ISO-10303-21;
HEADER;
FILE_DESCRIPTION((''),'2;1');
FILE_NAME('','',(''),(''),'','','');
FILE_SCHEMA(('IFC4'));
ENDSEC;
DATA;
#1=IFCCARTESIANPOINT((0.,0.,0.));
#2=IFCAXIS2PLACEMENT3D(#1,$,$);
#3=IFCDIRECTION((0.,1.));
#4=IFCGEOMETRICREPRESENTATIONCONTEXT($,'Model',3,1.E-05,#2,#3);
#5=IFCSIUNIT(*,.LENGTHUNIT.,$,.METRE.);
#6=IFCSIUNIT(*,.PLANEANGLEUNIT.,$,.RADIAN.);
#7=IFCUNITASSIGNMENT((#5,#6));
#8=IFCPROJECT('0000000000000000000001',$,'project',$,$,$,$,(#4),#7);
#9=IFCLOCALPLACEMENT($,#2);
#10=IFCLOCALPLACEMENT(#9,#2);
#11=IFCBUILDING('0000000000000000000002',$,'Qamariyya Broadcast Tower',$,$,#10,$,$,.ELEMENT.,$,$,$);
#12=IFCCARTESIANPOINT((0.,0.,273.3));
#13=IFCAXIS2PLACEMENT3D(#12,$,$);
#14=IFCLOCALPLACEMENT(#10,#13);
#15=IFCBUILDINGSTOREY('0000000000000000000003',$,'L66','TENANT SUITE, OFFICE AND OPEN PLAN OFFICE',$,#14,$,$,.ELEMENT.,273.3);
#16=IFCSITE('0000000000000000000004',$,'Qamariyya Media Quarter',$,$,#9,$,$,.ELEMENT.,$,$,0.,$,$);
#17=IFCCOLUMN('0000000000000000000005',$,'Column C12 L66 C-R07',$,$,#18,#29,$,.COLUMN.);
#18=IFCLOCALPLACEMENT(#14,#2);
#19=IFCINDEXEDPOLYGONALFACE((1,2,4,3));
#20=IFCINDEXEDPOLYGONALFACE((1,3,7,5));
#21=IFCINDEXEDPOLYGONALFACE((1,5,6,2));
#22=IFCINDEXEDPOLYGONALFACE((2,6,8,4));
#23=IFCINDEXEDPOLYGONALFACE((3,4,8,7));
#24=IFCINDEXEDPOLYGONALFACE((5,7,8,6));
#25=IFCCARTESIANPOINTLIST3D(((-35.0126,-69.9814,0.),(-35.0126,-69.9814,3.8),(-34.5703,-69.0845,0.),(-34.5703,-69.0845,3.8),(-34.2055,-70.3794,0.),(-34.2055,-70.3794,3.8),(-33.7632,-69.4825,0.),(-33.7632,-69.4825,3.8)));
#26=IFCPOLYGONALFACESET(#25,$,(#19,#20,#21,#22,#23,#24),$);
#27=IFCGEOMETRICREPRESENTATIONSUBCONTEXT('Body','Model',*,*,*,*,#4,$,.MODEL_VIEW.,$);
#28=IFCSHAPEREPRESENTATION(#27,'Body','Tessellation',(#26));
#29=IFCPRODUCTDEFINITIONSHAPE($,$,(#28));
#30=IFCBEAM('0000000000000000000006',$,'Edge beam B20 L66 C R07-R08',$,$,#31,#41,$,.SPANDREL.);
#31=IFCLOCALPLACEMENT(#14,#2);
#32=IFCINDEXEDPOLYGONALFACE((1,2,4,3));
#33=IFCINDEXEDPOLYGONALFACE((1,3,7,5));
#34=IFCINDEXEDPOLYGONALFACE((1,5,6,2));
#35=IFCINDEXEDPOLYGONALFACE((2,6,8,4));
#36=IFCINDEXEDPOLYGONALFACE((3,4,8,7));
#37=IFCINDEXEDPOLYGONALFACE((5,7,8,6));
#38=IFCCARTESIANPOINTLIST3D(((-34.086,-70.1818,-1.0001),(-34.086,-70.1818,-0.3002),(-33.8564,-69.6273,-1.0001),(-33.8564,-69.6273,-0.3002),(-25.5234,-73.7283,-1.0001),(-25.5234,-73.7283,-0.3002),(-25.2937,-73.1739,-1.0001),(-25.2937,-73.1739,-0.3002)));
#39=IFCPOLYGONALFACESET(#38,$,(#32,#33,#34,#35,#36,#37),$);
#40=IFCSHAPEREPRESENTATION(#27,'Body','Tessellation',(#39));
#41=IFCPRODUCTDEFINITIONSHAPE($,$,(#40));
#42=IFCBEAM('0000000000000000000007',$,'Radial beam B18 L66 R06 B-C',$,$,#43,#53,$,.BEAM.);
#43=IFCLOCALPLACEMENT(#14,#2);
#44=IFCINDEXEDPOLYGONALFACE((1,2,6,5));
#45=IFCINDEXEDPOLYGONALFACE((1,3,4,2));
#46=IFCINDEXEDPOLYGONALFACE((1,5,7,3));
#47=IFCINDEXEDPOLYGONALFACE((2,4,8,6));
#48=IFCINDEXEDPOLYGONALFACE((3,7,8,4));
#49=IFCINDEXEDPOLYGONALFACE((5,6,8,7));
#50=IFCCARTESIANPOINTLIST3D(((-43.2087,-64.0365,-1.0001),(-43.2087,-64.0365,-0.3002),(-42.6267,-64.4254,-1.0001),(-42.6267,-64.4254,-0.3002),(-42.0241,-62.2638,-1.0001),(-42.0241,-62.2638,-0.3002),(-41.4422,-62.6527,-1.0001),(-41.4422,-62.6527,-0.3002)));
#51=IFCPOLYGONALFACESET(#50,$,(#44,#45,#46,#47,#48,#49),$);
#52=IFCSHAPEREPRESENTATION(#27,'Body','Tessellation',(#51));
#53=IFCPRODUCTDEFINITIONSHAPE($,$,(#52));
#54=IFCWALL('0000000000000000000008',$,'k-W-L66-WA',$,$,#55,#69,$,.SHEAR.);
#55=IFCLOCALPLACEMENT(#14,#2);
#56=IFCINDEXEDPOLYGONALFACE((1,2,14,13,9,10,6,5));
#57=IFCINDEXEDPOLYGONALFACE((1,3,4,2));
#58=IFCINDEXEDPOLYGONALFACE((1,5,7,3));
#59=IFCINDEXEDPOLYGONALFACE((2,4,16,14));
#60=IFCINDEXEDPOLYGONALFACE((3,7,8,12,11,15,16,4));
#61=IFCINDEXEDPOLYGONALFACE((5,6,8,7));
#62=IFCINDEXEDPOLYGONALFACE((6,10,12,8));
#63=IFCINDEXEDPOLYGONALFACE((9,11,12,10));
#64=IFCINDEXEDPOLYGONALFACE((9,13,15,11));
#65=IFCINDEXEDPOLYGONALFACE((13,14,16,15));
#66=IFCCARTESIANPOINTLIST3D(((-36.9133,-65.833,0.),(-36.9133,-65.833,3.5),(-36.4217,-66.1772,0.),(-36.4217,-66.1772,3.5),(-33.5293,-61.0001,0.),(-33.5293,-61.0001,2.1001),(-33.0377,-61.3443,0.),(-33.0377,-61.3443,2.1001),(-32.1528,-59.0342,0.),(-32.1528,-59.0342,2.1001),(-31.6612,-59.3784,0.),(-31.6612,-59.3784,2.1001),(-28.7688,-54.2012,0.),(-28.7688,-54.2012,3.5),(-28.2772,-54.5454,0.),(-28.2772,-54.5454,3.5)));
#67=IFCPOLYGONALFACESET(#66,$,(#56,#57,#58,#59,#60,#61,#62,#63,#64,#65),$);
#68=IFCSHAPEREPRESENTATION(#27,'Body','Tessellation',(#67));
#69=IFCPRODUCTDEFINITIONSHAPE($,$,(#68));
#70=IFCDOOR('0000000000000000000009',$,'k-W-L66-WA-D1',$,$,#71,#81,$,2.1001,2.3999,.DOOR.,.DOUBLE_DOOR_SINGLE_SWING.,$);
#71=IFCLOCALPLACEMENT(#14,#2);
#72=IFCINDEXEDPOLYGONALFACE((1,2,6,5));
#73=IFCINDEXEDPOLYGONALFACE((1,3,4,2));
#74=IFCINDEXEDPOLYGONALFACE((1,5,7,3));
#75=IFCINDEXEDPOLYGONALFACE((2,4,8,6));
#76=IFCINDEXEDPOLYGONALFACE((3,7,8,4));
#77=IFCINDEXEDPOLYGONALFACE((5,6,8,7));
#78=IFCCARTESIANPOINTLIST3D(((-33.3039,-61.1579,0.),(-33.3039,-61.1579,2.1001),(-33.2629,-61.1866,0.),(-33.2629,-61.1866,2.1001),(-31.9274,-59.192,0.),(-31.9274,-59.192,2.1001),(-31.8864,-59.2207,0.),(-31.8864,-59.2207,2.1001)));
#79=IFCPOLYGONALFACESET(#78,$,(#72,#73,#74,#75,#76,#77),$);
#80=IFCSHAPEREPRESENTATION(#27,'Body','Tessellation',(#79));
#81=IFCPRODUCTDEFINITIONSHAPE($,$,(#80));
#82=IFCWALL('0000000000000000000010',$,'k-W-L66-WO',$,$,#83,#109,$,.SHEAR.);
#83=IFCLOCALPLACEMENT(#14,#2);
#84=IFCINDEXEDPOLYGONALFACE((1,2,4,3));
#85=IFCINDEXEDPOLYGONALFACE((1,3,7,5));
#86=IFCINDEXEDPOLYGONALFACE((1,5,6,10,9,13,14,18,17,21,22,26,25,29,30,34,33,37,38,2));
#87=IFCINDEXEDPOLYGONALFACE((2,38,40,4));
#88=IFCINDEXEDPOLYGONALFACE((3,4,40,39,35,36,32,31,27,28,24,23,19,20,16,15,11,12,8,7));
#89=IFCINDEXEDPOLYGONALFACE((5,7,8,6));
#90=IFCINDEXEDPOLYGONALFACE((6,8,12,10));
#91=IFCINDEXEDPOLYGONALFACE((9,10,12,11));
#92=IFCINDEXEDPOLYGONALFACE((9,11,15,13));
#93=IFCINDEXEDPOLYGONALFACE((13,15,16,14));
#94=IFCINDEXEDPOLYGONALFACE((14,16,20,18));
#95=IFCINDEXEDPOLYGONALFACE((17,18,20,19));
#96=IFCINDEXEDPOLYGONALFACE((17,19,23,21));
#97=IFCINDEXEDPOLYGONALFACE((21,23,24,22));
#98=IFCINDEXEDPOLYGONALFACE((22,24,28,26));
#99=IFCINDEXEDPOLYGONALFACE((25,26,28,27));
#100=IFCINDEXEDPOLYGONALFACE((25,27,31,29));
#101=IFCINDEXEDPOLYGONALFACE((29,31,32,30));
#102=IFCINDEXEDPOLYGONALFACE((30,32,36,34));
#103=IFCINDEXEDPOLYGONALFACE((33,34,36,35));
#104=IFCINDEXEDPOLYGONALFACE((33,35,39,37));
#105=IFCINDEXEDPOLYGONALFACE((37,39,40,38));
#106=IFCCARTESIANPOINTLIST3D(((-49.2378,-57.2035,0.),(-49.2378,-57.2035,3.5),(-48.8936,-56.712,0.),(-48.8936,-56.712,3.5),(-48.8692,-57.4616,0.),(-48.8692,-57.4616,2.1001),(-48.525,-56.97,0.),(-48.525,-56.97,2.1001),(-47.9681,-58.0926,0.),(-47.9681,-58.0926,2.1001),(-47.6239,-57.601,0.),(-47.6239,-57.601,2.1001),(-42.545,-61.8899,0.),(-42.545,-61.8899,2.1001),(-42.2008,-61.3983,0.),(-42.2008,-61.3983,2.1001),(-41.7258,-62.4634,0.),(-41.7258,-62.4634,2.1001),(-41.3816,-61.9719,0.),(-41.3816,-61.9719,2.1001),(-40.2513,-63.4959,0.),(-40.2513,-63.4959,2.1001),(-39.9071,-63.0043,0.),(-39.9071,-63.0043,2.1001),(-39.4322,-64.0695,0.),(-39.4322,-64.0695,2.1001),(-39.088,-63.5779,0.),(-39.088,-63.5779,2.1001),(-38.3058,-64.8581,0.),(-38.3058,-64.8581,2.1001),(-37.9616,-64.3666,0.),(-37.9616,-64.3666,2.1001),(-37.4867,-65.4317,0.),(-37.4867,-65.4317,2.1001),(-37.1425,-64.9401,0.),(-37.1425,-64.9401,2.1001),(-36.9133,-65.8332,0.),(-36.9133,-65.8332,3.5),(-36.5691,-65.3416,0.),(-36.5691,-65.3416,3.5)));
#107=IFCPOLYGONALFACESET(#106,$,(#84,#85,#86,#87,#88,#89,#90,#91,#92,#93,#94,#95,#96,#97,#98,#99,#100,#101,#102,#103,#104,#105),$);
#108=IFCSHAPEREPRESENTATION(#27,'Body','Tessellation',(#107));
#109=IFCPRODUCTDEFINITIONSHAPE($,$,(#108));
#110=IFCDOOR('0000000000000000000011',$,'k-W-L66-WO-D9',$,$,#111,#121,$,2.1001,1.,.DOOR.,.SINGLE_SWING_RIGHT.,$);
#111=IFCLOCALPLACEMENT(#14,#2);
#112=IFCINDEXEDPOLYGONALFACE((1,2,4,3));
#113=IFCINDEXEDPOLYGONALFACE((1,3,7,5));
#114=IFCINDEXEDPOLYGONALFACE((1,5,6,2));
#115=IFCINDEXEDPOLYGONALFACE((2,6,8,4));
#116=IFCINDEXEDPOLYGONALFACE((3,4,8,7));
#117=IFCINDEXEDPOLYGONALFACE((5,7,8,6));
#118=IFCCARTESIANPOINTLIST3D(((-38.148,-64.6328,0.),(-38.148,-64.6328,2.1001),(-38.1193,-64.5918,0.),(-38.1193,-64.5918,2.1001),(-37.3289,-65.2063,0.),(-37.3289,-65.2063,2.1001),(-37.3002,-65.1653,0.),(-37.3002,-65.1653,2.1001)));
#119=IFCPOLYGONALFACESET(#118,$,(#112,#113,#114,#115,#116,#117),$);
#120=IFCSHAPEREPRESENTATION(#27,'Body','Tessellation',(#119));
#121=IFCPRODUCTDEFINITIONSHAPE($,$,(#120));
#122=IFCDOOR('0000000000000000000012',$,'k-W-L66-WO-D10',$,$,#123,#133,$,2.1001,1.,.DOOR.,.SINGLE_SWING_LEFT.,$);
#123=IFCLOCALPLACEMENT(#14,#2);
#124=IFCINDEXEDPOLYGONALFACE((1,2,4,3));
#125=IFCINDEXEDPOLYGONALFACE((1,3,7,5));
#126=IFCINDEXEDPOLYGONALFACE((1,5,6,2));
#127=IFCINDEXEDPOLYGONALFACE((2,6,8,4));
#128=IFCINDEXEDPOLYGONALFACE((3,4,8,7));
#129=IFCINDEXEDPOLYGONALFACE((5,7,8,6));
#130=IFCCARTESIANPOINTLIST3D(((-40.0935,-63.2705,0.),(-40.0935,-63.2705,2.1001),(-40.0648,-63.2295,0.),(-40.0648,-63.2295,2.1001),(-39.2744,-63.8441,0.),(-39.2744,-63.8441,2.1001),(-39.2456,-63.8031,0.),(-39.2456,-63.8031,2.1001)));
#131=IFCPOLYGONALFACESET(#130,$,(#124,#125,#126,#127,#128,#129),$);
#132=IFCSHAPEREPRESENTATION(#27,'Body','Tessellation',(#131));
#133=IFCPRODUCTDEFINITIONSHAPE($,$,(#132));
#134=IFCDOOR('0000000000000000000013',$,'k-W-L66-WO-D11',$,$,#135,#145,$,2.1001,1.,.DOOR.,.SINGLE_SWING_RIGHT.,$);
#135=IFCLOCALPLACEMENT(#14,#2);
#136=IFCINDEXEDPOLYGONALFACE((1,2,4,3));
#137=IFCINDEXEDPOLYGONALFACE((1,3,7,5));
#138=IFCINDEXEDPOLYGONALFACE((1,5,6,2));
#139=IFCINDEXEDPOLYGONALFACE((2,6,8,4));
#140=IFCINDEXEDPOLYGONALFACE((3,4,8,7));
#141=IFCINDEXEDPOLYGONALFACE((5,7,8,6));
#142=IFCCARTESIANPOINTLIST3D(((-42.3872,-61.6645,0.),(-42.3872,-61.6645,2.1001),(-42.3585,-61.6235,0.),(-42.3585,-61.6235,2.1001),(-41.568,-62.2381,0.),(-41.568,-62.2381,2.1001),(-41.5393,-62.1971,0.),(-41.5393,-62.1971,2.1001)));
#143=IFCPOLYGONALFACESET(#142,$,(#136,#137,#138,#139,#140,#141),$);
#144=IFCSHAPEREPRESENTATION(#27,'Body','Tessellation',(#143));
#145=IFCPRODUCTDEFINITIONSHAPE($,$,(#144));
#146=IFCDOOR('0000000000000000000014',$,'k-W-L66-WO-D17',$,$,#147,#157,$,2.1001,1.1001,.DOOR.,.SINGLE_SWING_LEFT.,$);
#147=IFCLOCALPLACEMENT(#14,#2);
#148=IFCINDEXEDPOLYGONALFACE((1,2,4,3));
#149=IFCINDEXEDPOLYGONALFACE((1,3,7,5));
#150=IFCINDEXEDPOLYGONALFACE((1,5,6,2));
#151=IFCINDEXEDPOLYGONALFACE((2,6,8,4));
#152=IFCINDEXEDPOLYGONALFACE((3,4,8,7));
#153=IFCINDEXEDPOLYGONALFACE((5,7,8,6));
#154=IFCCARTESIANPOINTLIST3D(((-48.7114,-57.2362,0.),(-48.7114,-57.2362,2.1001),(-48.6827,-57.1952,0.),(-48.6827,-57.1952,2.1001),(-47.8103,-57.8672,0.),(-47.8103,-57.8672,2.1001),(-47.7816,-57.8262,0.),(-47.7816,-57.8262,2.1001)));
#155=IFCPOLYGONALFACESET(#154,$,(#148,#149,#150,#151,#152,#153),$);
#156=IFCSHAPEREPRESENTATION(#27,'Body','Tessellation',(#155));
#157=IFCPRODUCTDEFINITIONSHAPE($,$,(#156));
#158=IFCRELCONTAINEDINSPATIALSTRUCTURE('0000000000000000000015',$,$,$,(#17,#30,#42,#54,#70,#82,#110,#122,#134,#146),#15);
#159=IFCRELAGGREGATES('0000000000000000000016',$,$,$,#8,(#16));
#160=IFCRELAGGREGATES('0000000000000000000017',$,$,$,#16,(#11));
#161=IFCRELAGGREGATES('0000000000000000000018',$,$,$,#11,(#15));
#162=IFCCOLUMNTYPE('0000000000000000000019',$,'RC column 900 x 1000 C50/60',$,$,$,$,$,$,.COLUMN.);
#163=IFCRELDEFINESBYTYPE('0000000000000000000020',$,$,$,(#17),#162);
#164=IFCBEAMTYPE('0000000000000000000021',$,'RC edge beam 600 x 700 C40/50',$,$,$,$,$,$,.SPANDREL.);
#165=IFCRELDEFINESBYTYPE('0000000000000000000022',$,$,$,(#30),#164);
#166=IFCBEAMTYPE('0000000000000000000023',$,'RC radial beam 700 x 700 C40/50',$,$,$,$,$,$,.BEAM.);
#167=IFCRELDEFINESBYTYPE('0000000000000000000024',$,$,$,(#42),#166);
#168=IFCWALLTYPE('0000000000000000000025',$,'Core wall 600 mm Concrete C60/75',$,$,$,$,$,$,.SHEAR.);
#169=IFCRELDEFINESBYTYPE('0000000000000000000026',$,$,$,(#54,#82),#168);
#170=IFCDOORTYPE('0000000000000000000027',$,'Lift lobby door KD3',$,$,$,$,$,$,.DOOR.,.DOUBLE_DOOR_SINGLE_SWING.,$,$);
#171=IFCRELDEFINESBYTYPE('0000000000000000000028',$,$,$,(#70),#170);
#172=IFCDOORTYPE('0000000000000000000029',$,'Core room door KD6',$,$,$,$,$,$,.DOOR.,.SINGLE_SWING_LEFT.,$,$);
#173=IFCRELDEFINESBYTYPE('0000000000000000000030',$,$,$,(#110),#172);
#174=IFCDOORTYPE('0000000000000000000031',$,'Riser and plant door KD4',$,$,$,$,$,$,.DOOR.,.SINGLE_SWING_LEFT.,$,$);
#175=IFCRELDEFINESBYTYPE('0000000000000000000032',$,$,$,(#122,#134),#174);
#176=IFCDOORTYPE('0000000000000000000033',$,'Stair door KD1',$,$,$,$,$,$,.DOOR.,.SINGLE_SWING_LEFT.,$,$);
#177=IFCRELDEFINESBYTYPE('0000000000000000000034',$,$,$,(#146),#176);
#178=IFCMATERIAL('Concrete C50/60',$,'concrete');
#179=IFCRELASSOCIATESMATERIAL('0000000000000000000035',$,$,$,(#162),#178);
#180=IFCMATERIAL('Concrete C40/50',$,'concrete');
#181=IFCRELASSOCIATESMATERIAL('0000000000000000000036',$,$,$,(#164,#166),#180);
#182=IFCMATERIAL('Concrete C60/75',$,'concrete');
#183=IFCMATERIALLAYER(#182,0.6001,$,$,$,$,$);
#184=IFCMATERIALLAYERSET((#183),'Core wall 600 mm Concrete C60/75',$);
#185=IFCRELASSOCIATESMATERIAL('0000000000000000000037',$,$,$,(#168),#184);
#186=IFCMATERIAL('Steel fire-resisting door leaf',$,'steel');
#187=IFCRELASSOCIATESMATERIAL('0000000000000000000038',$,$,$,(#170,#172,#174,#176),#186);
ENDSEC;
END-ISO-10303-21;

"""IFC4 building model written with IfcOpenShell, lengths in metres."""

from ifc_helpers import new_model, si_unit, direction, frame, frame_2d, origin, origin_2d, place, context, subcontext, project, spatial, rectangle, extrude, material, layer, layer_set, material_profile, profile_set, type_object, element, fill, save


model = new_model("IFC4")

# Units and contexts
model_context = context("Model", 3, precision=1e-05, world=origin(), true_north=direction((0.0, 1.0)))
body_context = subcontext(model_context, "Body", "Model", "MODEL_VIEW")
ifc_project = project(units=[si_unit("LENGTHUNIT", "METRE"), si_unit("PLANEANGLEUNIT", "RADIAN")], contexts=[model_context])

# Site, building, storey
site_placement = place(None, origin())
site = spatial("IfcSite", under=ifc_project, at=site_placement, Name="Qamariyya Media Quarter", CompositionType="ELEMENT", RefElevation=0.0)
building_placement = place(site_placement, origin())
building = spatial("IfcBuilding", under=site, at=building_placement, Name="Qamariyya Broadcast Tower", CompositionType="ELEMENT")
storey_placement = place(building_placement, frame((0.0, 0.0, 273.3)))
storey = spatial("IfcBuildingStorey", under=building, at=storey_placement, Name="L66", Description="TENANT SUITE, OFFICE AND OPEN PLAN OFFICE", CompositionType="ELEMENT", Elevation=273.3)

# Column
ifc_material_1 = material(Name="Concrete C50/60", Category="concrete")
ifc_material_profile_1 = material_profile(ifc_material_1, rectangle(XDim=0.8999, YDim=1.0, at=origin_2d()))
ifc_profile_set_1 = profile_set([ifc_material_profile_1], Name="Concrete C50/60")
column_type = type_object("IfcColumnType", Name="RC column 900 x 1000 C50/60", PredefinedType="COLUMN", material=ifc_profile_set_1)
column_placement = place(storey_placement, frame((-34.3879, -69.7319, 0.0), z_axis=(0.0, 0.0, 1.0), x_axis=(0.896873, -0.442289, 0.0)))
element("IfcColumn", 1, at=column_placement, inside=storey, type_object=column_type, Name="Column C12 L66 C-R07", PredefinedType="COLUMN", context=body_context, shape_type="SweptSolid", body=[
    extrude(rectangle(XDim=0.8999, YDim=1.0, at=origin_2d()), origin(), (0.0, 0.0, 1.0), 3.8),
])

# Beams
ifc_material_2 = material(Name="Concrete C40/50", Category="concrete")
ifc_material_profile_2 = material_profile(ifc_material_2, rectangle(XDim=0.6001, YDim=0.7, at=origin_2d()))
ifc_profile_set_2 = profile_set([ifc_material_profile_2], Name="Concrete C40/50")
beam_type_1 = type_object("IfcBeamType", Name="RC edge beam 600 x 700 C40/50", PredefinedType="SPANDREL", material=ifc_profile_set_2)
beam_1_placement = place(storey_placement, frame((-33.9712, -69.9045, -0.6501), z_axis=(0.923886, -0.382667, 0.0), x_axis=(0.382667, 0.923886, 0.0)))
element("IfcBeam", 2, at=beam_1_placement, inside=storey, type_object=beam_type_1, Name="Edge beam B20 L66 C R07-R08", PredefinedType="SPANDREL", context=body_context, shape_type="SweptSolid", body=[
    extrude(rectangle(XDim=0.6001, YDim=0.7, at=origin_2d()), origin(), (0.0, 0.0, 1.0), 9.2681),
])
ifc_material_profile_3 = material_profile(ifc_material_2, rectangle(XDim=0.7, YDim=0.7, at=origin_2d()))
ifc_profile_set_3 = profile_set([ifc_material_profile_3], Name="Concrete C40/50")
beam_type_2 = type_object("IfcBeamType", Name="RC radial beam 700 x 700 C40/50", PredefinedType="BEAM", material=ifc_profile_set_3)
beam_2_placement = place(storey_placement, frame((-41.7332, -62.4583, -0.6501), z_axis=(-0.555598, -0.831451, 0.0), x_axis=(0.831451, -0.555598, 0.0)))
element("IfcBeam", 3, at=beam_2_placement, inside=storey, type_object=beam_type_2, Name="Radial beam B18 L66 R06 B-C", PredefinedType="BEAM", context=body_context, shape_type="SweptSolid", body=[
    extrude(rectangle(XDim=0.7, YDim=0.7, at=origin_2d()), origin(), (0.0, 0.0, 1.0), 2.1321),
])

# Wall, opening, door
ifc_material_3 = material(Name="Concrete C60/75", Category="concrete")
ifc_layer_1 = layer(ifc_material_3, 0.6001)
ifc_layer_set_1 = layer_set([ifc_layer_1], Name="Core wall 600 mm Concrete C60/75")
wall_type_1 = type_object("IfcWallType", Name="Core wall 600 mm Concrete C60/75", PredefinedType="SHEAR", material=ifc_layer_set_1)
wall_1_placement = place(storey_placement, frame((-36.6675, -66.0051, 0.0), z_axis=(0.0, 0.0, 1.0), x_axis=(0.573568, 0.819158, 0.0)))
wall_1 = element("IfcWall", 4, at=wall_1_placement, inside=storey, type_object=wall_type_1, Name="k-W-L66-WA", PredefinedType="SHEAR", context=body_context, shape_type="SweptSolid", body=[
    extrude(rectangle(XDim=14.1997, YDim=0.6001, at=frame_2d((7.0999, 0.0))), origin(), (0.0, 0.0, 1.0), 3.5),
])
opening_1_placement = place(wall_1_placement, frame((5.8999, 0.0, 0.0)))
opening_1 = element("IfcOpeningElement", 5, at=opening_1_placement, cuts=wall_1, PredefinedType="OPENING", context=body_context, shape_type="SweptSolid", body=[
    extrude(rectangle(XDim=2.3999, YDim=2.1001, at=frame_2d((1.2, 1.05))), frame((0.0, 0.3101, 0.0), z_axis=(0.0, -1.0, 0.0), x_axis=(1.0, 0.0, 0.0)), (0.0, 0.0, 1.0), 0.6201),
])
ifc_material_4 = material(Name="Steel fire-resisting door leaf", Category="steel")
door_type_1 = type_object("IfcDoorType", Name="Lift lobby door KD3", OperationType="DOUBLE_DOOR_SINGLE_SWING", PredefinedType="DOOR", material=ifc_material_4)
door_1_placement = place(opening_1_placement, origin())
door_1 = element("IfcDoor", 6, at=door_1_placement, inside=storey, type_object=door_type_1, Name="k-W-L66-WA-D1", OperationType="DOUBLE_DOOR_SINGLE_SWING", OverallHeight=2.1001, OverallWidth=2.3999, PredefinedType="DOOR", context=body_context, shape_type="SweptSolid", body=[
    extrude(rectangle(XDim=2.3999, YDim=2.1001, at=frame_2d((1.2, 1.05))), frame((0.0, 0.0249, 0.0), z_axis=(0.0, -1.0, 0.0), x_axis=(1.0, 0.0, 0.0)), (0.0, 0.0, 1.0), 0.05),
])
fill(opening_1, door_1)

# Wall, openings, doors
wall_2_placement = place(storey_placement, frame((-36.7412, -65.5874, 0.0), z_axis=(0.0, 0.0, 1.0), x_axis=(-0.819153, 0.573575, 0.0)))
wall_2 = element("IfcWall", 7, at=wall_2_placement, inside=storey, type_object=wall_type_1, Name="k-W-L66-WO", PredefinedType="SHEAR", context=body_context, shape_type="SweptSolid", body=[
    extrude(rectangle(XDim=15.0454, YDim=0.6001, at=frame_2d((7.5227, 0.0))), origin(), (0.0, 0.0, 1.0), 3.5),
])
opening_2_placement = place(wall_2_placement, frame((0.7, 0.0, 0.0)))
opening_2 = element("IfcOpeningElement", 8, at=opening_2_placement, cuts=wall_2, PredefinedType="OPENING", context=body_context, shape_type="SweptSolid", body=[
    extrude(rectangle(XDim=1.0, YDim=2.1001, at=frame_2d((0.5, 1.05))), frame((0.0, 0.3101, 0.0), z_axis=(0.0, -1.0, 0.0), x_axis=(1.0, 0.0, 0.0)), (0.0, 0.0, 1.0), 0.6201),
])
opening_3_placement = place(wall_2_placement, frame((3.075, 0.0, 0.0)))
opening_3 = element("IfcOpeningElement", 9, at=opening_3_placement, cuts=wall_2, PredefinedType="OPENING", context=body_context, shape_type="SweptSolid", body=[
    extrude(rectangle(XDim=1.0, YDim=2.1001, at=frame_2d((0.5, 1.05))), frame((0.0, 0.3101, 0.0), z_axis=(0.0, -1.0, 0.0), x_axis=(1.0, 0.0, 0.0)), (0.0, 0.0, 1.0), 0.6201),
])
opening_4_placement = place(wall_2_placement, frame((5.875, 0.0, 0.0)))
opening_4 = element("IfcOpeningElement", 10, at=opening_4_placement, cuts=wall_2, PredefinedType="OPENING", context=body_context, shape_type="SweptSolid", body=[
    extrude(rectangle(XDim=1.0, YDim=2.1001, at=frame_2d((0.5, 1.05))), frame((0.0, 0.3101, 0.0), z_axis=(0.0, -1.0, 0.0), x_axis=(1.0, 0.0, 0.0)), (0.0, 0.0, 1.0), 0.6201),
])
opening_5_placement = place(wall_2_placement, frame((13.4954, 0.0, 0.0)))
opening_5 = element("IfcOpeningElement", 11, at=opening_5_placement, cuts=wall_2, PredefinedType="OPENING", context=body_context, shape_type="SweptSolid", body=[
    extrude(rectangle(XDim=1.1001, YDim=2.1001, at=frame_2d((0.55, 1.05))), frame((0.0, 0.3101, 0.0), z_axis=(0.0, -1.0, 0.0), x_axis=(1.0, 0.0, 0.0)), (0.0, 0.0, 1.0), 0.6201),
])
door_type_2 = type_object("IfcDoorType", Name="Core room door KD6", OperationType="SINGLE_SWING_LEFT", PredefinedType="DOOR", material=ifc_material_4)
door_2_placement = place(opening_2_placement, origin())
door_2 = element("IfcDoor", 12, at=door_2_placement, inside=storey, type_object=door_type_2, Name="k-W-L66-WO-D9", OperationType="SINGLE_SWING_RIGHT", OverallHeight=2.1001, OverallWidth=1.0, PredefinedType="DOOR", context=body_context, shape_type="SweptSolid", body=[
    extrude(rectangle(XDim=1.0, YDim=2.1001, at=frame_2d((0.5, 1.05))), frame((0.0, 0.0249, 0.0), z_axis=(0.0, -1.0, 0.0), x_axis=(1.0, 0.0, 0.0)), (0.0, 0.0, 1.0), 0.05),
])
fill(opening_2, door_2)
door_type_3 = type_object("IfcDoorType", Name="Riser and plant door KD4", OperationType="SINGLE_SWING_LEFT", PredefinedType="DOOR", material=ifc_material_4)
door_3_placement = place(opening_3_placement, origin())
door_3 = element("IfcDoor", 13, at=door_3_placement, inside=storey, type_object=door_type_3, Name="k-W-L66-WO-D10", OperationType="SINGLE_SWING_LEFT", OverallHeight=2.1001, OverallWidth=1.0, PredefinedType="DOOR", context=body_context, shape_type="SweptSolid", body=[
    extrude(rectangle(XDim=1.0, YDim=2.1001, at=frame_2d((0.5, 1.05))), frame((0.0, 0.0249, 0.0), z_axis=(0.0, -1.0, 0.0), x_axis=(1.0, 0.0, 0.0)), (0.0, 0.0, 1.0), 0.05),
])
fill(opening_3, door_3)
door_4_placement = place(opening_4_placement, origin())
door_4 = element("IfcDoor", 14, at=door_4_placement, inside=storey, type_object=door_type_3, Name="k-W-L66-WO-D11", OperationType="SINGLE_SWING_RIGHT", OverallHeight=2.1001, OverallWidth=1.0, PredefinedType="DOOR", context=body_context, shape_type="SweptSolid", body=[
    extrude(rectangle(XDim=1.0, YDim=2.1001, at=frame_2d((0.5, 1.05))), frame((0.0, 0.0249, 0.0), z_axis=(0.0, -1.0, 0.0), x_axis=(1.0, 0.0, 0.0)), (0.0, 0.0, 1.0), 0.05),
])
fill(opening_4, door_4)
door_type_4 = type_object("IfcDoorType", Name="Stair door KD1", OperationType="SINGLE_SWING_LEFT", PredefinedType="DOOR", material=ifc_material_4)
door_5_placement = place(opening_5_placement, origin())
door_5 = element("IfcDoor", 15, at=door_5_placement, inside=storey, type_object=door_type_4, Name="k-W-L66-WO-D17", OperationType="SINGLE_SWING_LEFT", OverallHeight=2.1001, OverallWidth=1.1001, PredefinedType="DOOR", context=body_context, shape_type="SweptSolid", body=[
    extrude(rectangle(XDim=1.1001, YDim=2.1001, at=frame_2d((0.55, 1.05))), frame((0.0, 0.0249, 0.0), z_axis=(0.0, -1.0, 0.0), x_axis=(1.0, 0.0, 0.0)), (0.0, 0.0, 1.0), 0.05),
])
fill(opening_5, door_5)

save(model, "model.ifc")
